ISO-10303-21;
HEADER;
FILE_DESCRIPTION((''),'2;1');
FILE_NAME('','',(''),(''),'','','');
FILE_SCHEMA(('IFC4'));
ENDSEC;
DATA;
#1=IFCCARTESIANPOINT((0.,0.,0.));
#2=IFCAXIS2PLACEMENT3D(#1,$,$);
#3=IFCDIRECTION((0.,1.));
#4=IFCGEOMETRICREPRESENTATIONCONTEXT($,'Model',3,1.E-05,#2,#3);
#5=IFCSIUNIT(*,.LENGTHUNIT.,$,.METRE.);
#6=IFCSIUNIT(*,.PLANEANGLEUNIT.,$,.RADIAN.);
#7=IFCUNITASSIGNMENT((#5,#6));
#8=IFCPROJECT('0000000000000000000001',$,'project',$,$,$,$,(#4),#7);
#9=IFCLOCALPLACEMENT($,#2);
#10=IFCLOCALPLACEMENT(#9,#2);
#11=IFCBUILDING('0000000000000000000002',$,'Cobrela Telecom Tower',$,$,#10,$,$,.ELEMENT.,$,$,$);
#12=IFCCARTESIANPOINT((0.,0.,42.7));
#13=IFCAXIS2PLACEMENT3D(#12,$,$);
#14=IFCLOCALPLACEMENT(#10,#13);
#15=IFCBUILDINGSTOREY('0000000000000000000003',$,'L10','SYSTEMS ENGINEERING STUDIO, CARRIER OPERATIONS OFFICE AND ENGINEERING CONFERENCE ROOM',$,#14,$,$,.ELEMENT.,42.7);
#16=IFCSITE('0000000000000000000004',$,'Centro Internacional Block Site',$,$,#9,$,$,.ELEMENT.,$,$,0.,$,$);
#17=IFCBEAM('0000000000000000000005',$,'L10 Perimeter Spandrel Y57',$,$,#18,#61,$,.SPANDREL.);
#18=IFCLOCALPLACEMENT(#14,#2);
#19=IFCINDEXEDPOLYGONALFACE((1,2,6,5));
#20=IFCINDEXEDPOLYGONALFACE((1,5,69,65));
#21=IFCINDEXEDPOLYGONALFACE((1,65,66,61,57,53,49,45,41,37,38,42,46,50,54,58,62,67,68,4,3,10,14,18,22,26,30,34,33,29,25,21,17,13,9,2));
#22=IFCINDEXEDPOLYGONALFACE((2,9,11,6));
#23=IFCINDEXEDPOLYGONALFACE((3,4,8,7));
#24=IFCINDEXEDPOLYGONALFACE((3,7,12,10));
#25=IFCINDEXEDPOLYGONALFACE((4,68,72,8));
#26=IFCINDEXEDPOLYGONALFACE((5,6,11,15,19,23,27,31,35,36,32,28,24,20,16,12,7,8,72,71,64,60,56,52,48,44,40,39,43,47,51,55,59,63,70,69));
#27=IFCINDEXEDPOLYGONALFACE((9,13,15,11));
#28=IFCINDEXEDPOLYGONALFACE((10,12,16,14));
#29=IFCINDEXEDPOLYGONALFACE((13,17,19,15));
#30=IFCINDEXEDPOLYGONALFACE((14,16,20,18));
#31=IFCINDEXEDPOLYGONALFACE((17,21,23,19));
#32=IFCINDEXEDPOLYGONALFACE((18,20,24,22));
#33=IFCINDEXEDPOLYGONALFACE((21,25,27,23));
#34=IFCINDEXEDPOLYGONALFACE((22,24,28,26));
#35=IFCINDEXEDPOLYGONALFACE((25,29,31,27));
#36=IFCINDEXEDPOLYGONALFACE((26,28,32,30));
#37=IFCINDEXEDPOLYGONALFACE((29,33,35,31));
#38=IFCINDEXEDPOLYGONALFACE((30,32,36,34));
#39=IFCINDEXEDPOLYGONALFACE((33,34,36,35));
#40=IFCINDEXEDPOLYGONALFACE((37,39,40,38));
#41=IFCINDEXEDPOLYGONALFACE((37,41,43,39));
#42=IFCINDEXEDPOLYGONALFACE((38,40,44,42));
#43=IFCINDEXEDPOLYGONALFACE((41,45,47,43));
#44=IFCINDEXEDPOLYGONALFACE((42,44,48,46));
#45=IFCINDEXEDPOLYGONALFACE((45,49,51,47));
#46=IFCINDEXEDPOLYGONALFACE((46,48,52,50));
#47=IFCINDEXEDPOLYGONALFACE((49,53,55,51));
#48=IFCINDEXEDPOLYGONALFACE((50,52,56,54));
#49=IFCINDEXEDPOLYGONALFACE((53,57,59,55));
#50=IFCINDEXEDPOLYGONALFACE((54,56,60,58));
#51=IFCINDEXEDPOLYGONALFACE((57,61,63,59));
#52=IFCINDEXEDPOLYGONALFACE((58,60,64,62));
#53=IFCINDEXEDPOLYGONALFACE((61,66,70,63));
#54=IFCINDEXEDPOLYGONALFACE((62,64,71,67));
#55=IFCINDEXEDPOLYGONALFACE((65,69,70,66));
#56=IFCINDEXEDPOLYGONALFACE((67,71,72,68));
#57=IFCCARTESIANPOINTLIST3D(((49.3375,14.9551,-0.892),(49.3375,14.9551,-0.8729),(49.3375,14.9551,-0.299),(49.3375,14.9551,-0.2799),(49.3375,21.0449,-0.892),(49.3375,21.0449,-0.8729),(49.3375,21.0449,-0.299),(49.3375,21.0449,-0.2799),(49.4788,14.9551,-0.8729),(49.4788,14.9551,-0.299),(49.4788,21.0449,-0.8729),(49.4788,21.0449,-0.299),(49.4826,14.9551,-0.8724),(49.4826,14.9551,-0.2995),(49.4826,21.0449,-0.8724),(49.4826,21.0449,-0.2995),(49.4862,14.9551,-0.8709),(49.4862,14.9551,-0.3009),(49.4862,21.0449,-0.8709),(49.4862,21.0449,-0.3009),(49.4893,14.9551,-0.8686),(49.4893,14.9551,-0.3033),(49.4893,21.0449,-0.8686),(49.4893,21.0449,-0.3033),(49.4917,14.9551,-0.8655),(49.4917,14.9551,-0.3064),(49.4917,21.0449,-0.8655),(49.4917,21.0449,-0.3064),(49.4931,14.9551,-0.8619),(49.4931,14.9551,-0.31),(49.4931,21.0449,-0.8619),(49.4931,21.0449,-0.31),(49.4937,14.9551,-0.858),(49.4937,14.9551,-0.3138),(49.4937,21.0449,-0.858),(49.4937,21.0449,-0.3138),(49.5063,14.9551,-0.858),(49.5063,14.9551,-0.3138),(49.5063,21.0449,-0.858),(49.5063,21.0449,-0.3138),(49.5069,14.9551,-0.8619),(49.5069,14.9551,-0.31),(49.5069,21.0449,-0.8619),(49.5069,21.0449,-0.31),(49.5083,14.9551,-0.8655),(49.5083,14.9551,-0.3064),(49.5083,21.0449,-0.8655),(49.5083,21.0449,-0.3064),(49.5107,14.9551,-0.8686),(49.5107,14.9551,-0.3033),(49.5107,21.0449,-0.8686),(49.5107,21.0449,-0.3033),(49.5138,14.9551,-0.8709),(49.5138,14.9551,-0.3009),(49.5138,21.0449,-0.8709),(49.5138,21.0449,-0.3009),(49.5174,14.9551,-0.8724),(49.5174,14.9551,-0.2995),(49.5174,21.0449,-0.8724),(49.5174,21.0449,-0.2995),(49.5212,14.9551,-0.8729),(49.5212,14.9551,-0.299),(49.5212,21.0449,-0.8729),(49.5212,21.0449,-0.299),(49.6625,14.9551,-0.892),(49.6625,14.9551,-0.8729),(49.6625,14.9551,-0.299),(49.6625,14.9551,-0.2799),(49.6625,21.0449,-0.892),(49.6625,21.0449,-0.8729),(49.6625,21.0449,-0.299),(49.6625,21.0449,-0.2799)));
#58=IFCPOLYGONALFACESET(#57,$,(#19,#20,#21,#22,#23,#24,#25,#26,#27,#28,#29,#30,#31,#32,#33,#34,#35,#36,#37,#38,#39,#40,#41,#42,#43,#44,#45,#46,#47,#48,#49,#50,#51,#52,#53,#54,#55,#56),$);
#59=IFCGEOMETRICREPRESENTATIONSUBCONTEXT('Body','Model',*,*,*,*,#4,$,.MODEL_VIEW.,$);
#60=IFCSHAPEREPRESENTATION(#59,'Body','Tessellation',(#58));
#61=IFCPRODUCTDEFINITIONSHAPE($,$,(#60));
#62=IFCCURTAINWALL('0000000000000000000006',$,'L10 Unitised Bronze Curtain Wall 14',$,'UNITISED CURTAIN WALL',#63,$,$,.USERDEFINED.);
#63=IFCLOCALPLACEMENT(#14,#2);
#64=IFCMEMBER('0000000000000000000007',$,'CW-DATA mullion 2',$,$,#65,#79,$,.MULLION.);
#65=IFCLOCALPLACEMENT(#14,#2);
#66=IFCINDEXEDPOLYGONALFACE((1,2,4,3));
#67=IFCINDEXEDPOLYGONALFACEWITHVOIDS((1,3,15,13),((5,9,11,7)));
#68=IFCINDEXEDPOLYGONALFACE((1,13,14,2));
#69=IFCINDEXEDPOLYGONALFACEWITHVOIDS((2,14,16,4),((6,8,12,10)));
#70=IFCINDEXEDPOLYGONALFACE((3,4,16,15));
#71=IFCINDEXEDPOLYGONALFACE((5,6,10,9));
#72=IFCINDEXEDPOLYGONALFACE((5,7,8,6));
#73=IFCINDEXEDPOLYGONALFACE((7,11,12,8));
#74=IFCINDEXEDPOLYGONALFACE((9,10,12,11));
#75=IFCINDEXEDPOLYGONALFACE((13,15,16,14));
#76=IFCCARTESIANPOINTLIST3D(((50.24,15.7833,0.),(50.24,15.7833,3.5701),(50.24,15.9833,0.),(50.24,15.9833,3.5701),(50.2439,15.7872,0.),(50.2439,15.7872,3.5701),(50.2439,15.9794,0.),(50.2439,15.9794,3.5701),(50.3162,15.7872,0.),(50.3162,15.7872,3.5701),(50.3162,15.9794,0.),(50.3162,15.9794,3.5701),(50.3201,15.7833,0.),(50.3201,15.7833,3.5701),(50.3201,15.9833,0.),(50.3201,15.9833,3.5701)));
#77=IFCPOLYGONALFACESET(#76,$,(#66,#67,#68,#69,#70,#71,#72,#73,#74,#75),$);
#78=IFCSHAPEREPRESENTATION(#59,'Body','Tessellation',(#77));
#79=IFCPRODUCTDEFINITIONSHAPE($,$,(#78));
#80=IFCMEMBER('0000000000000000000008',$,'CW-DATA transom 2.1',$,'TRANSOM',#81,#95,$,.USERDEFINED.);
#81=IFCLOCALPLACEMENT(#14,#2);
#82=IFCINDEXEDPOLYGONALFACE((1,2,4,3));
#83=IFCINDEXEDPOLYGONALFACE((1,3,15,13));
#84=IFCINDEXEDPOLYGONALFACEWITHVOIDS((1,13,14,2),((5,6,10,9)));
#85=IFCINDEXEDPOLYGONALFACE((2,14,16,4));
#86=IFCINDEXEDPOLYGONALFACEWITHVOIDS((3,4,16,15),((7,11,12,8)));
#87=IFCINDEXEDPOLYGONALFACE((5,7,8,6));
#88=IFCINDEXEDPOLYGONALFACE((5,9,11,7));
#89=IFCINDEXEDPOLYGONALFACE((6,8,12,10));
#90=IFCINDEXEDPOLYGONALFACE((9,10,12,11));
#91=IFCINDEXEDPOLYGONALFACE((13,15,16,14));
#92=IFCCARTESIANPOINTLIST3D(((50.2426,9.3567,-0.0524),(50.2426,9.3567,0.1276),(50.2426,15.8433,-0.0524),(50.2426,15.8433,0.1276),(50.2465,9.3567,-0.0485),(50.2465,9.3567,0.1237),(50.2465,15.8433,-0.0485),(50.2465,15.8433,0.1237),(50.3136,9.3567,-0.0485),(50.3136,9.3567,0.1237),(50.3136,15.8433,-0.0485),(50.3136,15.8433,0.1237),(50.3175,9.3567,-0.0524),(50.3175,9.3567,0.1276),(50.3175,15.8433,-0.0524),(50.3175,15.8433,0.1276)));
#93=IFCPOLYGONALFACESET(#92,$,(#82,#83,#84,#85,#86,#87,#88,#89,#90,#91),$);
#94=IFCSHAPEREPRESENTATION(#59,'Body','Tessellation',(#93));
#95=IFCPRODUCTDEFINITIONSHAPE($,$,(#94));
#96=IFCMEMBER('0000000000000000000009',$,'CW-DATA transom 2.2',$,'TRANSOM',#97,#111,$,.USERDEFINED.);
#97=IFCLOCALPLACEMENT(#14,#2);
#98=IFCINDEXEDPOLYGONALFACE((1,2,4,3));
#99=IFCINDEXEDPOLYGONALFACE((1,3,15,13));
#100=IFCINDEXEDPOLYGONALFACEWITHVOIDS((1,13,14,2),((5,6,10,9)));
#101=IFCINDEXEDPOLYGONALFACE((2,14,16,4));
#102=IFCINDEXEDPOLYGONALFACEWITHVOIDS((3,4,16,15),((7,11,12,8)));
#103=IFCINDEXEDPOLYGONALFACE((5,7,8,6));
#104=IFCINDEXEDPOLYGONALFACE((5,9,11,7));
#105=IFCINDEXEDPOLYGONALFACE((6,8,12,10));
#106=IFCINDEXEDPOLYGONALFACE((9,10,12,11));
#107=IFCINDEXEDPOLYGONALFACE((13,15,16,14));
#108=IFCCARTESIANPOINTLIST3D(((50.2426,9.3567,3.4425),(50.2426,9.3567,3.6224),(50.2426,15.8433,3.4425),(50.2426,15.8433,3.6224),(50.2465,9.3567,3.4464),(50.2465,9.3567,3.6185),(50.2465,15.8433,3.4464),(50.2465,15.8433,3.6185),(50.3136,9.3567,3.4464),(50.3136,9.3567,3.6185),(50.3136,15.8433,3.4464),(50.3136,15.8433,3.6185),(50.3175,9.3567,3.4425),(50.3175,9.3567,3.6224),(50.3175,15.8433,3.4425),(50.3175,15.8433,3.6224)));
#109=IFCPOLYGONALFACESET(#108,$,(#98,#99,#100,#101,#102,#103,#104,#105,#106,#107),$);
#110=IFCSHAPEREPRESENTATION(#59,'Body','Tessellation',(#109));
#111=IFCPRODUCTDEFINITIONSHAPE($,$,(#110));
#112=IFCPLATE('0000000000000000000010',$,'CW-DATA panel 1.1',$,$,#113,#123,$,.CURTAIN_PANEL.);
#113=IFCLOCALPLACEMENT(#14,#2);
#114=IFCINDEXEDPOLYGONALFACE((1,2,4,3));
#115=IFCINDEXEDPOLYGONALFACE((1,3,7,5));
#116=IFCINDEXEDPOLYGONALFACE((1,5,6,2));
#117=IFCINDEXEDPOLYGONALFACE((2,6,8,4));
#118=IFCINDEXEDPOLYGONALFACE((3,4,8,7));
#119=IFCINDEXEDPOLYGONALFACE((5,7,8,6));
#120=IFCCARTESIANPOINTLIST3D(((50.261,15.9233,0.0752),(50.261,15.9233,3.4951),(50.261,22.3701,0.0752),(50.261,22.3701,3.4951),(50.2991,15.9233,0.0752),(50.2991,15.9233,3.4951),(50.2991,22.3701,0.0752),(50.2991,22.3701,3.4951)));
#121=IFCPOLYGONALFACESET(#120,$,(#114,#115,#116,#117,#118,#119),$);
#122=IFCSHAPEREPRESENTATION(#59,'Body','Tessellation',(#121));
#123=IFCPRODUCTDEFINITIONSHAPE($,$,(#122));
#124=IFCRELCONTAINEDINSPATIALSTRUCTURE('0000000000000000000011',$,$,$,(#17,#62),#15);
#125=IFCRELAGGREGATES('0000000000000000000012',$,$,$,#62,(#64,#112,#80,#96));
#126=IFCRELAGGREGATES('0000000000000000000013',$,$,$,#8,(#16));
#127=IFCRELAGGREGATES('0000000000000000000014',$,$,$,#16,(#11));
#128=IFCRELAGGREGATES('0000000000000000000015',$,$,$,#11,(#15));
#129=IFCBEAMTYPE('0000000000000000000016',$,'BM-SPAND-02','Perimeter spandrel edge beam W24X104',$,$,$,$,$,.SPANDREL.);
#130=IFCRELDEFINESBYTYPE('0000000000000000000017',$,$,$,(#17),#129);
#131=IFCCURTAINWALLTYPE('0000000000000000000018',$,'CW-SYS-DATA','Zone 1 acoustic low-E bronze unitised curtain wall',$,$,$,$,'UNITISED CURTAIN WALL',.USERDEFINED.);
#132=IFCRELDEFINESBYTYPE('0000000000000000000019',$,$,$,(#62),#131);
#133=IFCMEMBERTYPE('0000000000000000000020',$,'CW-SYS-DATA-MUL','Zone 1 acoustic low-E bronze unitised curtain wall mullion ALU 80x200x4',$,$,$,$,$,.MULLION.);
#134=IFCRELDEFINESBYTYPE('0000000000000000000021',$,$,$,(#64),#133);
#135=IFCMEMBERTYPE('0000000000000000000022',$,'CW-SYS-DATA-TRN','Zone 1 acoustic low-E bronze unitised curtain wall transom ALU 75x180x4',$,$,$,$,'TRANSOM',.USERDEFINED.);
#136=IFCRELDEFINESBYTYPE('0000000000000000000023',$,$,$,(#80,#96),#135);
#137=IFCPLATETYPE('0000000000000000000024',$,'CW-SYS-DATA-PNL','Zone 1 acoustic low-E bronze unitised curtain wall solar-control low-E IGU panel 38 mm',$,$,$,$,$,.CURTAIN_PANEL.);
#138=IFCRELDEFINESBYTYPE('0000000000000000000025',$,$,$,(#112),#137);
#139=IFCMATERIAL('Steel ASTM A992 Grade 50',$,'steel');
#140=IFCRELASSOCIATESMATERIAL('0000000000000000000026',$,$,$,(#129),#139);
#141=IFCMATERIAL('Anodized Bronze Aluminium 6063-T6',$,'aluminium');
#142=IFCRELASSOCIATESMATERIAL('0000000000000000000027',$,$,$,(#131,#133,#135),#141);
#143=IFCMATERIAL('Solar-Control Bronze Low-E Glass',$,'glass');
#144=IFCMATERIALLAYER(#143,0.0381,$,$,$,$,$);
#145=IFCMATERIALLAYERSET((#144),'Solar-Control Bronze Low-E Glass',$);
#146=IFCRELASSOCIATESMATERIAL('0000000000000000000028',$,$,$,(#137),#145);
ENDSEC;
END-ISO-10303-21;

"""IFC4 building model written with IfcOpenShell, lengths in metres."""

from ifc_helpers import new_model, si_unit, direction, frame, origin, origin_2d, place, context, subcontext, project, spatial, rectangle, hollow_rectangle, i_section, extrude, material, layer, layer_set, material_profile, profile_set, type_object, element, aggregate, save


model = new_model("IFC4")

# Units and contexts
model_context = context("Model", 3, precision=1e-05, world=origin(), true_north=direction((0.0, 1.0)))
body_context = subcontext(model_context, "Body", "Model", "MODEL_VIEW")
ifc_project = project(units=[si_unit("LENGTHUNIT", "METRE"), si_unit("PLANEANGLEUNIT", "RADIAN")], contexts=[model_context])

# Site, building, storey
site_placement = place(None, origin())
site = spatial("IfcSite", under=ifc_project, at=site_placement, Name="Centro Internacional Block Site", CompositionType="ELEMENT", RefElevation=0.0)
building_placement = place(site_placement, origin())
building = spatial("IfcBuilding", under=site, at=building_placement, Name="Cobrela Telecom Tower", CompositionType="ELEMENT")
storey_placement = place(building_placement, frame((0.0, 0.0, 42.7)))
storey = spatial("IfcBuildingStorey", under=building, at=storey_placement, Name="L10", Description="SYSTEMS ENGINEERING STUDIO, CARRIER OPERATIONS OFFICE AND ENGINEERING CONFERENCE ROOM", CompositionType="ELEMENT", Elevation=42.7)

# Shared definitions
ifc_material_1 = material(Name="Steel ASTM A992 Grade 50", Category="steel")

# Beam
ifc_material_profile_1 = material_profile(ifc_material_1, i_section(OverallWidth=0.325, OverallDepth=0.6121, WebThickness=0.0127, FlangeThickness=0.019, FilletRadius=0.0149, at=origin_2d()), Name="W24X104")
ifc_profile_set_1 = profile_set([ifc_material_profile_1], Name="Steel ASTM A992 Grade 50")
beam_type_1 = type_object("IfcBeamType", Name="BM-SPAND-02", Description="Perimeter spandrel edge beam W24X104", PredefinedType="SPANDREL", material=ifc_profile_set_1)
beam_placement = place(storey_placement, frame((49.5, 14.9551, -0.5859), z_axis=(0.0, 1.0, 0.0), x_axis=(-1.0, 0.0, 0.0)))
element("IfcBeam", 1, at=beam_placement, inside=storey, type_object=beam_type_1, Name="L10 Perimeter Spandrel Y57", PredefinedType="SPANDREL", context=body_context, shape_type="SweptSolid", body=[
    extrude(i_section(OverallWidth=0.325, OverallDepth=0.6121, WebThickness=0.0127, FlangeThickness=0.019, FilletRadius=0.0149, at=origin_2d()), origin(), (0.0, 0.0, 1.0), 6.0898),
])

# Curtain wall, members, plate
ifc_material_2 = material(Name="Anodized Bronze Aluminium 6063-T6", Category="aluminium")
curtain_wall_type = type_object("IfcCurtainWallType", Name="CW-SYS-DATA", Description="Zone 1 acoustic low-E bronze unitised curtain wall", ElementType="UNITISED CURTAIN WALL", PredefinedType="USERDEFINED", material=ifc_material_2)
curtain_wall_placement = place(storey_placement, origin())
curtain_wall = element("IfcCurtainWall", 2, at=curtain_wall_placement, inside=storey, type_object=curtain_wall_type, Name="L10 Unitised Bronze Curtain Wall 14", ObjectType="UNITISED CURTAIN WALL", PredefinedType="USERDEFINED")
ifc_material_profile_2 = material_profile(ifc_material_2, hollow_rectangle(XDim=0.0801, YDim=0.2, WallThickness=0.0039, at=origin_2d()), Name="ALU 80x200x4")
ifc_profile_set_2 = profile_set([ifc_material_profile_2], Name="Anodized Bronze Aluminium 6063-T6")
member_type_1 = type_object("IfcMemberType", Name="CW-SYS-DATA-MUL", Description="Zone 1 acoustic low-E bronze unitised curtain wall mullion ALU 80x200x4", PredefinedType="MULLION", material=ifc_profile_set_2)
member_1_placement = place(storey_placement, frame((50.28, 15.8833, 0.0), z_axis=(0.0, 0.0, 1.0), x_axis=(1.0, 0.0, 0.0)))
member_1 = element("IfcMember", 3, at=member_1_placement, type_object=member_type_1, Name="CW-DATA mullion 2", PredefinedType="MULLION", context=body_context, shape_type="SweptSolid", body=[
    extrude(hollow_rectangle(XDim=0.0801, YDim=0.2, WallThickness=0.0039, at=origin_2d()), origin(), (0.0, 0.0, 1.0), 3.5701),
])
ifc_material_profile_3 = material_profile(ifc_material_2, hollow_rectangle(XDim=0.075, YDim=0.1799, WallThickness=0.0039, at=origin_2d()), Name="ALU 75x180x4")
ifc_profile_set_3 = profile_set([ifc_material_profile_3], Name="Anodized Bronze Aluminium 6063-T6")
member_type_2 = type_object("IfcMemberType", Name="CW-SYS-DATA-TRN", Description="Zone 1 acoustic low-E bronze unitised curtain wall transom ALU 75x180x4", ElementType="TRANSOM", PredefinedType="USERDEFINED", material=ifc_profile_set_3)
member_2_placement = place(storey_placement, frame((50.28, 15.8433, 0.0376), z_axis=(0.0, -1.0, 0.0), x_axis=(1.0, 0.0, 0.0)))
member_2 = element("IfcMember", 4, at=member_2_placement, type_object=member_type_2, Name="CW-DATA transom 2.1", ObjectType="TRANSOM", PredefinedType="USERDEFINED", context=body_context, shape_type="SweptSolid", body=[
    extrude(hollow_rectangle(XDim=0.075, YDim=0.1799, WallThickness=0.0039, at=origin_2d()), origin(), (0.0, 0.0, 1.0), 6.4866),
])
member_3_placement = place(storey_placement, frame((50.28, 15.8433, 3.5325), z_axis=(0.0, -1.0, 0.0), x_axis=(1.0, 0.0, 0.0)))
member_3 = element("IfcMember", 5, at=member_3_placement, type_object=member_type_2, Name="CW-DATA transom 2.2", ObjectType="TRANSOM", PredefinedType="USERDEFINED", context=body_context, shape_type="SweptSolid", body=[
    extrude(hollow_rectangle(XDim=0.075, YDim=0.1799, WallThickness=0.0039, at=origin_2d()), origin(), (0.0, 0.0, 1.0), 6.4866),
])
ifc_material_3 = material(Name="Solar-Control Bronze Low-E Glass", Category="glass")
ifc_layer = layer(ifc_material_3, 0.0381)
ifc_layer_set = layer_set([ifc_layer], Name="Solar-Control Bronze Low-E Glass")
plate_type = type_object("IfcPlateType", Name="CW-SYS-DATA-PNL", Description="Zone 1 acoustic low-E bronze unitised curtain wall solar-control low-E IGU panel 38 mm", PredefinedType="CURTAIN_PANEL", material=ifc_layer_set)
plate_placement = place(storey_placement, frame((50.28, 19.1467, 0.0752), z_axis=(0.0, 0.0, 1.0), x_axis=(0.0, -1.0, 0.0)))
plate = element("IfcPlate", 6, at=plate_placement, type_object=plate_type, Name="CW-DATA panel 1.1", PredefinedType="CURTAIN_PANEL", context=body_context, shape_type="SweptSolid", body=[
    extrude(rectangle(XDim=6.4468, YDim=0.0381, at=origin_2d()), origin(), (0.0, 0.0, 1.0), 3.4199),
])
aggregate(curtain_wall, [member_1, plate, member_2, member_3])

save(model, "model.ifc")
